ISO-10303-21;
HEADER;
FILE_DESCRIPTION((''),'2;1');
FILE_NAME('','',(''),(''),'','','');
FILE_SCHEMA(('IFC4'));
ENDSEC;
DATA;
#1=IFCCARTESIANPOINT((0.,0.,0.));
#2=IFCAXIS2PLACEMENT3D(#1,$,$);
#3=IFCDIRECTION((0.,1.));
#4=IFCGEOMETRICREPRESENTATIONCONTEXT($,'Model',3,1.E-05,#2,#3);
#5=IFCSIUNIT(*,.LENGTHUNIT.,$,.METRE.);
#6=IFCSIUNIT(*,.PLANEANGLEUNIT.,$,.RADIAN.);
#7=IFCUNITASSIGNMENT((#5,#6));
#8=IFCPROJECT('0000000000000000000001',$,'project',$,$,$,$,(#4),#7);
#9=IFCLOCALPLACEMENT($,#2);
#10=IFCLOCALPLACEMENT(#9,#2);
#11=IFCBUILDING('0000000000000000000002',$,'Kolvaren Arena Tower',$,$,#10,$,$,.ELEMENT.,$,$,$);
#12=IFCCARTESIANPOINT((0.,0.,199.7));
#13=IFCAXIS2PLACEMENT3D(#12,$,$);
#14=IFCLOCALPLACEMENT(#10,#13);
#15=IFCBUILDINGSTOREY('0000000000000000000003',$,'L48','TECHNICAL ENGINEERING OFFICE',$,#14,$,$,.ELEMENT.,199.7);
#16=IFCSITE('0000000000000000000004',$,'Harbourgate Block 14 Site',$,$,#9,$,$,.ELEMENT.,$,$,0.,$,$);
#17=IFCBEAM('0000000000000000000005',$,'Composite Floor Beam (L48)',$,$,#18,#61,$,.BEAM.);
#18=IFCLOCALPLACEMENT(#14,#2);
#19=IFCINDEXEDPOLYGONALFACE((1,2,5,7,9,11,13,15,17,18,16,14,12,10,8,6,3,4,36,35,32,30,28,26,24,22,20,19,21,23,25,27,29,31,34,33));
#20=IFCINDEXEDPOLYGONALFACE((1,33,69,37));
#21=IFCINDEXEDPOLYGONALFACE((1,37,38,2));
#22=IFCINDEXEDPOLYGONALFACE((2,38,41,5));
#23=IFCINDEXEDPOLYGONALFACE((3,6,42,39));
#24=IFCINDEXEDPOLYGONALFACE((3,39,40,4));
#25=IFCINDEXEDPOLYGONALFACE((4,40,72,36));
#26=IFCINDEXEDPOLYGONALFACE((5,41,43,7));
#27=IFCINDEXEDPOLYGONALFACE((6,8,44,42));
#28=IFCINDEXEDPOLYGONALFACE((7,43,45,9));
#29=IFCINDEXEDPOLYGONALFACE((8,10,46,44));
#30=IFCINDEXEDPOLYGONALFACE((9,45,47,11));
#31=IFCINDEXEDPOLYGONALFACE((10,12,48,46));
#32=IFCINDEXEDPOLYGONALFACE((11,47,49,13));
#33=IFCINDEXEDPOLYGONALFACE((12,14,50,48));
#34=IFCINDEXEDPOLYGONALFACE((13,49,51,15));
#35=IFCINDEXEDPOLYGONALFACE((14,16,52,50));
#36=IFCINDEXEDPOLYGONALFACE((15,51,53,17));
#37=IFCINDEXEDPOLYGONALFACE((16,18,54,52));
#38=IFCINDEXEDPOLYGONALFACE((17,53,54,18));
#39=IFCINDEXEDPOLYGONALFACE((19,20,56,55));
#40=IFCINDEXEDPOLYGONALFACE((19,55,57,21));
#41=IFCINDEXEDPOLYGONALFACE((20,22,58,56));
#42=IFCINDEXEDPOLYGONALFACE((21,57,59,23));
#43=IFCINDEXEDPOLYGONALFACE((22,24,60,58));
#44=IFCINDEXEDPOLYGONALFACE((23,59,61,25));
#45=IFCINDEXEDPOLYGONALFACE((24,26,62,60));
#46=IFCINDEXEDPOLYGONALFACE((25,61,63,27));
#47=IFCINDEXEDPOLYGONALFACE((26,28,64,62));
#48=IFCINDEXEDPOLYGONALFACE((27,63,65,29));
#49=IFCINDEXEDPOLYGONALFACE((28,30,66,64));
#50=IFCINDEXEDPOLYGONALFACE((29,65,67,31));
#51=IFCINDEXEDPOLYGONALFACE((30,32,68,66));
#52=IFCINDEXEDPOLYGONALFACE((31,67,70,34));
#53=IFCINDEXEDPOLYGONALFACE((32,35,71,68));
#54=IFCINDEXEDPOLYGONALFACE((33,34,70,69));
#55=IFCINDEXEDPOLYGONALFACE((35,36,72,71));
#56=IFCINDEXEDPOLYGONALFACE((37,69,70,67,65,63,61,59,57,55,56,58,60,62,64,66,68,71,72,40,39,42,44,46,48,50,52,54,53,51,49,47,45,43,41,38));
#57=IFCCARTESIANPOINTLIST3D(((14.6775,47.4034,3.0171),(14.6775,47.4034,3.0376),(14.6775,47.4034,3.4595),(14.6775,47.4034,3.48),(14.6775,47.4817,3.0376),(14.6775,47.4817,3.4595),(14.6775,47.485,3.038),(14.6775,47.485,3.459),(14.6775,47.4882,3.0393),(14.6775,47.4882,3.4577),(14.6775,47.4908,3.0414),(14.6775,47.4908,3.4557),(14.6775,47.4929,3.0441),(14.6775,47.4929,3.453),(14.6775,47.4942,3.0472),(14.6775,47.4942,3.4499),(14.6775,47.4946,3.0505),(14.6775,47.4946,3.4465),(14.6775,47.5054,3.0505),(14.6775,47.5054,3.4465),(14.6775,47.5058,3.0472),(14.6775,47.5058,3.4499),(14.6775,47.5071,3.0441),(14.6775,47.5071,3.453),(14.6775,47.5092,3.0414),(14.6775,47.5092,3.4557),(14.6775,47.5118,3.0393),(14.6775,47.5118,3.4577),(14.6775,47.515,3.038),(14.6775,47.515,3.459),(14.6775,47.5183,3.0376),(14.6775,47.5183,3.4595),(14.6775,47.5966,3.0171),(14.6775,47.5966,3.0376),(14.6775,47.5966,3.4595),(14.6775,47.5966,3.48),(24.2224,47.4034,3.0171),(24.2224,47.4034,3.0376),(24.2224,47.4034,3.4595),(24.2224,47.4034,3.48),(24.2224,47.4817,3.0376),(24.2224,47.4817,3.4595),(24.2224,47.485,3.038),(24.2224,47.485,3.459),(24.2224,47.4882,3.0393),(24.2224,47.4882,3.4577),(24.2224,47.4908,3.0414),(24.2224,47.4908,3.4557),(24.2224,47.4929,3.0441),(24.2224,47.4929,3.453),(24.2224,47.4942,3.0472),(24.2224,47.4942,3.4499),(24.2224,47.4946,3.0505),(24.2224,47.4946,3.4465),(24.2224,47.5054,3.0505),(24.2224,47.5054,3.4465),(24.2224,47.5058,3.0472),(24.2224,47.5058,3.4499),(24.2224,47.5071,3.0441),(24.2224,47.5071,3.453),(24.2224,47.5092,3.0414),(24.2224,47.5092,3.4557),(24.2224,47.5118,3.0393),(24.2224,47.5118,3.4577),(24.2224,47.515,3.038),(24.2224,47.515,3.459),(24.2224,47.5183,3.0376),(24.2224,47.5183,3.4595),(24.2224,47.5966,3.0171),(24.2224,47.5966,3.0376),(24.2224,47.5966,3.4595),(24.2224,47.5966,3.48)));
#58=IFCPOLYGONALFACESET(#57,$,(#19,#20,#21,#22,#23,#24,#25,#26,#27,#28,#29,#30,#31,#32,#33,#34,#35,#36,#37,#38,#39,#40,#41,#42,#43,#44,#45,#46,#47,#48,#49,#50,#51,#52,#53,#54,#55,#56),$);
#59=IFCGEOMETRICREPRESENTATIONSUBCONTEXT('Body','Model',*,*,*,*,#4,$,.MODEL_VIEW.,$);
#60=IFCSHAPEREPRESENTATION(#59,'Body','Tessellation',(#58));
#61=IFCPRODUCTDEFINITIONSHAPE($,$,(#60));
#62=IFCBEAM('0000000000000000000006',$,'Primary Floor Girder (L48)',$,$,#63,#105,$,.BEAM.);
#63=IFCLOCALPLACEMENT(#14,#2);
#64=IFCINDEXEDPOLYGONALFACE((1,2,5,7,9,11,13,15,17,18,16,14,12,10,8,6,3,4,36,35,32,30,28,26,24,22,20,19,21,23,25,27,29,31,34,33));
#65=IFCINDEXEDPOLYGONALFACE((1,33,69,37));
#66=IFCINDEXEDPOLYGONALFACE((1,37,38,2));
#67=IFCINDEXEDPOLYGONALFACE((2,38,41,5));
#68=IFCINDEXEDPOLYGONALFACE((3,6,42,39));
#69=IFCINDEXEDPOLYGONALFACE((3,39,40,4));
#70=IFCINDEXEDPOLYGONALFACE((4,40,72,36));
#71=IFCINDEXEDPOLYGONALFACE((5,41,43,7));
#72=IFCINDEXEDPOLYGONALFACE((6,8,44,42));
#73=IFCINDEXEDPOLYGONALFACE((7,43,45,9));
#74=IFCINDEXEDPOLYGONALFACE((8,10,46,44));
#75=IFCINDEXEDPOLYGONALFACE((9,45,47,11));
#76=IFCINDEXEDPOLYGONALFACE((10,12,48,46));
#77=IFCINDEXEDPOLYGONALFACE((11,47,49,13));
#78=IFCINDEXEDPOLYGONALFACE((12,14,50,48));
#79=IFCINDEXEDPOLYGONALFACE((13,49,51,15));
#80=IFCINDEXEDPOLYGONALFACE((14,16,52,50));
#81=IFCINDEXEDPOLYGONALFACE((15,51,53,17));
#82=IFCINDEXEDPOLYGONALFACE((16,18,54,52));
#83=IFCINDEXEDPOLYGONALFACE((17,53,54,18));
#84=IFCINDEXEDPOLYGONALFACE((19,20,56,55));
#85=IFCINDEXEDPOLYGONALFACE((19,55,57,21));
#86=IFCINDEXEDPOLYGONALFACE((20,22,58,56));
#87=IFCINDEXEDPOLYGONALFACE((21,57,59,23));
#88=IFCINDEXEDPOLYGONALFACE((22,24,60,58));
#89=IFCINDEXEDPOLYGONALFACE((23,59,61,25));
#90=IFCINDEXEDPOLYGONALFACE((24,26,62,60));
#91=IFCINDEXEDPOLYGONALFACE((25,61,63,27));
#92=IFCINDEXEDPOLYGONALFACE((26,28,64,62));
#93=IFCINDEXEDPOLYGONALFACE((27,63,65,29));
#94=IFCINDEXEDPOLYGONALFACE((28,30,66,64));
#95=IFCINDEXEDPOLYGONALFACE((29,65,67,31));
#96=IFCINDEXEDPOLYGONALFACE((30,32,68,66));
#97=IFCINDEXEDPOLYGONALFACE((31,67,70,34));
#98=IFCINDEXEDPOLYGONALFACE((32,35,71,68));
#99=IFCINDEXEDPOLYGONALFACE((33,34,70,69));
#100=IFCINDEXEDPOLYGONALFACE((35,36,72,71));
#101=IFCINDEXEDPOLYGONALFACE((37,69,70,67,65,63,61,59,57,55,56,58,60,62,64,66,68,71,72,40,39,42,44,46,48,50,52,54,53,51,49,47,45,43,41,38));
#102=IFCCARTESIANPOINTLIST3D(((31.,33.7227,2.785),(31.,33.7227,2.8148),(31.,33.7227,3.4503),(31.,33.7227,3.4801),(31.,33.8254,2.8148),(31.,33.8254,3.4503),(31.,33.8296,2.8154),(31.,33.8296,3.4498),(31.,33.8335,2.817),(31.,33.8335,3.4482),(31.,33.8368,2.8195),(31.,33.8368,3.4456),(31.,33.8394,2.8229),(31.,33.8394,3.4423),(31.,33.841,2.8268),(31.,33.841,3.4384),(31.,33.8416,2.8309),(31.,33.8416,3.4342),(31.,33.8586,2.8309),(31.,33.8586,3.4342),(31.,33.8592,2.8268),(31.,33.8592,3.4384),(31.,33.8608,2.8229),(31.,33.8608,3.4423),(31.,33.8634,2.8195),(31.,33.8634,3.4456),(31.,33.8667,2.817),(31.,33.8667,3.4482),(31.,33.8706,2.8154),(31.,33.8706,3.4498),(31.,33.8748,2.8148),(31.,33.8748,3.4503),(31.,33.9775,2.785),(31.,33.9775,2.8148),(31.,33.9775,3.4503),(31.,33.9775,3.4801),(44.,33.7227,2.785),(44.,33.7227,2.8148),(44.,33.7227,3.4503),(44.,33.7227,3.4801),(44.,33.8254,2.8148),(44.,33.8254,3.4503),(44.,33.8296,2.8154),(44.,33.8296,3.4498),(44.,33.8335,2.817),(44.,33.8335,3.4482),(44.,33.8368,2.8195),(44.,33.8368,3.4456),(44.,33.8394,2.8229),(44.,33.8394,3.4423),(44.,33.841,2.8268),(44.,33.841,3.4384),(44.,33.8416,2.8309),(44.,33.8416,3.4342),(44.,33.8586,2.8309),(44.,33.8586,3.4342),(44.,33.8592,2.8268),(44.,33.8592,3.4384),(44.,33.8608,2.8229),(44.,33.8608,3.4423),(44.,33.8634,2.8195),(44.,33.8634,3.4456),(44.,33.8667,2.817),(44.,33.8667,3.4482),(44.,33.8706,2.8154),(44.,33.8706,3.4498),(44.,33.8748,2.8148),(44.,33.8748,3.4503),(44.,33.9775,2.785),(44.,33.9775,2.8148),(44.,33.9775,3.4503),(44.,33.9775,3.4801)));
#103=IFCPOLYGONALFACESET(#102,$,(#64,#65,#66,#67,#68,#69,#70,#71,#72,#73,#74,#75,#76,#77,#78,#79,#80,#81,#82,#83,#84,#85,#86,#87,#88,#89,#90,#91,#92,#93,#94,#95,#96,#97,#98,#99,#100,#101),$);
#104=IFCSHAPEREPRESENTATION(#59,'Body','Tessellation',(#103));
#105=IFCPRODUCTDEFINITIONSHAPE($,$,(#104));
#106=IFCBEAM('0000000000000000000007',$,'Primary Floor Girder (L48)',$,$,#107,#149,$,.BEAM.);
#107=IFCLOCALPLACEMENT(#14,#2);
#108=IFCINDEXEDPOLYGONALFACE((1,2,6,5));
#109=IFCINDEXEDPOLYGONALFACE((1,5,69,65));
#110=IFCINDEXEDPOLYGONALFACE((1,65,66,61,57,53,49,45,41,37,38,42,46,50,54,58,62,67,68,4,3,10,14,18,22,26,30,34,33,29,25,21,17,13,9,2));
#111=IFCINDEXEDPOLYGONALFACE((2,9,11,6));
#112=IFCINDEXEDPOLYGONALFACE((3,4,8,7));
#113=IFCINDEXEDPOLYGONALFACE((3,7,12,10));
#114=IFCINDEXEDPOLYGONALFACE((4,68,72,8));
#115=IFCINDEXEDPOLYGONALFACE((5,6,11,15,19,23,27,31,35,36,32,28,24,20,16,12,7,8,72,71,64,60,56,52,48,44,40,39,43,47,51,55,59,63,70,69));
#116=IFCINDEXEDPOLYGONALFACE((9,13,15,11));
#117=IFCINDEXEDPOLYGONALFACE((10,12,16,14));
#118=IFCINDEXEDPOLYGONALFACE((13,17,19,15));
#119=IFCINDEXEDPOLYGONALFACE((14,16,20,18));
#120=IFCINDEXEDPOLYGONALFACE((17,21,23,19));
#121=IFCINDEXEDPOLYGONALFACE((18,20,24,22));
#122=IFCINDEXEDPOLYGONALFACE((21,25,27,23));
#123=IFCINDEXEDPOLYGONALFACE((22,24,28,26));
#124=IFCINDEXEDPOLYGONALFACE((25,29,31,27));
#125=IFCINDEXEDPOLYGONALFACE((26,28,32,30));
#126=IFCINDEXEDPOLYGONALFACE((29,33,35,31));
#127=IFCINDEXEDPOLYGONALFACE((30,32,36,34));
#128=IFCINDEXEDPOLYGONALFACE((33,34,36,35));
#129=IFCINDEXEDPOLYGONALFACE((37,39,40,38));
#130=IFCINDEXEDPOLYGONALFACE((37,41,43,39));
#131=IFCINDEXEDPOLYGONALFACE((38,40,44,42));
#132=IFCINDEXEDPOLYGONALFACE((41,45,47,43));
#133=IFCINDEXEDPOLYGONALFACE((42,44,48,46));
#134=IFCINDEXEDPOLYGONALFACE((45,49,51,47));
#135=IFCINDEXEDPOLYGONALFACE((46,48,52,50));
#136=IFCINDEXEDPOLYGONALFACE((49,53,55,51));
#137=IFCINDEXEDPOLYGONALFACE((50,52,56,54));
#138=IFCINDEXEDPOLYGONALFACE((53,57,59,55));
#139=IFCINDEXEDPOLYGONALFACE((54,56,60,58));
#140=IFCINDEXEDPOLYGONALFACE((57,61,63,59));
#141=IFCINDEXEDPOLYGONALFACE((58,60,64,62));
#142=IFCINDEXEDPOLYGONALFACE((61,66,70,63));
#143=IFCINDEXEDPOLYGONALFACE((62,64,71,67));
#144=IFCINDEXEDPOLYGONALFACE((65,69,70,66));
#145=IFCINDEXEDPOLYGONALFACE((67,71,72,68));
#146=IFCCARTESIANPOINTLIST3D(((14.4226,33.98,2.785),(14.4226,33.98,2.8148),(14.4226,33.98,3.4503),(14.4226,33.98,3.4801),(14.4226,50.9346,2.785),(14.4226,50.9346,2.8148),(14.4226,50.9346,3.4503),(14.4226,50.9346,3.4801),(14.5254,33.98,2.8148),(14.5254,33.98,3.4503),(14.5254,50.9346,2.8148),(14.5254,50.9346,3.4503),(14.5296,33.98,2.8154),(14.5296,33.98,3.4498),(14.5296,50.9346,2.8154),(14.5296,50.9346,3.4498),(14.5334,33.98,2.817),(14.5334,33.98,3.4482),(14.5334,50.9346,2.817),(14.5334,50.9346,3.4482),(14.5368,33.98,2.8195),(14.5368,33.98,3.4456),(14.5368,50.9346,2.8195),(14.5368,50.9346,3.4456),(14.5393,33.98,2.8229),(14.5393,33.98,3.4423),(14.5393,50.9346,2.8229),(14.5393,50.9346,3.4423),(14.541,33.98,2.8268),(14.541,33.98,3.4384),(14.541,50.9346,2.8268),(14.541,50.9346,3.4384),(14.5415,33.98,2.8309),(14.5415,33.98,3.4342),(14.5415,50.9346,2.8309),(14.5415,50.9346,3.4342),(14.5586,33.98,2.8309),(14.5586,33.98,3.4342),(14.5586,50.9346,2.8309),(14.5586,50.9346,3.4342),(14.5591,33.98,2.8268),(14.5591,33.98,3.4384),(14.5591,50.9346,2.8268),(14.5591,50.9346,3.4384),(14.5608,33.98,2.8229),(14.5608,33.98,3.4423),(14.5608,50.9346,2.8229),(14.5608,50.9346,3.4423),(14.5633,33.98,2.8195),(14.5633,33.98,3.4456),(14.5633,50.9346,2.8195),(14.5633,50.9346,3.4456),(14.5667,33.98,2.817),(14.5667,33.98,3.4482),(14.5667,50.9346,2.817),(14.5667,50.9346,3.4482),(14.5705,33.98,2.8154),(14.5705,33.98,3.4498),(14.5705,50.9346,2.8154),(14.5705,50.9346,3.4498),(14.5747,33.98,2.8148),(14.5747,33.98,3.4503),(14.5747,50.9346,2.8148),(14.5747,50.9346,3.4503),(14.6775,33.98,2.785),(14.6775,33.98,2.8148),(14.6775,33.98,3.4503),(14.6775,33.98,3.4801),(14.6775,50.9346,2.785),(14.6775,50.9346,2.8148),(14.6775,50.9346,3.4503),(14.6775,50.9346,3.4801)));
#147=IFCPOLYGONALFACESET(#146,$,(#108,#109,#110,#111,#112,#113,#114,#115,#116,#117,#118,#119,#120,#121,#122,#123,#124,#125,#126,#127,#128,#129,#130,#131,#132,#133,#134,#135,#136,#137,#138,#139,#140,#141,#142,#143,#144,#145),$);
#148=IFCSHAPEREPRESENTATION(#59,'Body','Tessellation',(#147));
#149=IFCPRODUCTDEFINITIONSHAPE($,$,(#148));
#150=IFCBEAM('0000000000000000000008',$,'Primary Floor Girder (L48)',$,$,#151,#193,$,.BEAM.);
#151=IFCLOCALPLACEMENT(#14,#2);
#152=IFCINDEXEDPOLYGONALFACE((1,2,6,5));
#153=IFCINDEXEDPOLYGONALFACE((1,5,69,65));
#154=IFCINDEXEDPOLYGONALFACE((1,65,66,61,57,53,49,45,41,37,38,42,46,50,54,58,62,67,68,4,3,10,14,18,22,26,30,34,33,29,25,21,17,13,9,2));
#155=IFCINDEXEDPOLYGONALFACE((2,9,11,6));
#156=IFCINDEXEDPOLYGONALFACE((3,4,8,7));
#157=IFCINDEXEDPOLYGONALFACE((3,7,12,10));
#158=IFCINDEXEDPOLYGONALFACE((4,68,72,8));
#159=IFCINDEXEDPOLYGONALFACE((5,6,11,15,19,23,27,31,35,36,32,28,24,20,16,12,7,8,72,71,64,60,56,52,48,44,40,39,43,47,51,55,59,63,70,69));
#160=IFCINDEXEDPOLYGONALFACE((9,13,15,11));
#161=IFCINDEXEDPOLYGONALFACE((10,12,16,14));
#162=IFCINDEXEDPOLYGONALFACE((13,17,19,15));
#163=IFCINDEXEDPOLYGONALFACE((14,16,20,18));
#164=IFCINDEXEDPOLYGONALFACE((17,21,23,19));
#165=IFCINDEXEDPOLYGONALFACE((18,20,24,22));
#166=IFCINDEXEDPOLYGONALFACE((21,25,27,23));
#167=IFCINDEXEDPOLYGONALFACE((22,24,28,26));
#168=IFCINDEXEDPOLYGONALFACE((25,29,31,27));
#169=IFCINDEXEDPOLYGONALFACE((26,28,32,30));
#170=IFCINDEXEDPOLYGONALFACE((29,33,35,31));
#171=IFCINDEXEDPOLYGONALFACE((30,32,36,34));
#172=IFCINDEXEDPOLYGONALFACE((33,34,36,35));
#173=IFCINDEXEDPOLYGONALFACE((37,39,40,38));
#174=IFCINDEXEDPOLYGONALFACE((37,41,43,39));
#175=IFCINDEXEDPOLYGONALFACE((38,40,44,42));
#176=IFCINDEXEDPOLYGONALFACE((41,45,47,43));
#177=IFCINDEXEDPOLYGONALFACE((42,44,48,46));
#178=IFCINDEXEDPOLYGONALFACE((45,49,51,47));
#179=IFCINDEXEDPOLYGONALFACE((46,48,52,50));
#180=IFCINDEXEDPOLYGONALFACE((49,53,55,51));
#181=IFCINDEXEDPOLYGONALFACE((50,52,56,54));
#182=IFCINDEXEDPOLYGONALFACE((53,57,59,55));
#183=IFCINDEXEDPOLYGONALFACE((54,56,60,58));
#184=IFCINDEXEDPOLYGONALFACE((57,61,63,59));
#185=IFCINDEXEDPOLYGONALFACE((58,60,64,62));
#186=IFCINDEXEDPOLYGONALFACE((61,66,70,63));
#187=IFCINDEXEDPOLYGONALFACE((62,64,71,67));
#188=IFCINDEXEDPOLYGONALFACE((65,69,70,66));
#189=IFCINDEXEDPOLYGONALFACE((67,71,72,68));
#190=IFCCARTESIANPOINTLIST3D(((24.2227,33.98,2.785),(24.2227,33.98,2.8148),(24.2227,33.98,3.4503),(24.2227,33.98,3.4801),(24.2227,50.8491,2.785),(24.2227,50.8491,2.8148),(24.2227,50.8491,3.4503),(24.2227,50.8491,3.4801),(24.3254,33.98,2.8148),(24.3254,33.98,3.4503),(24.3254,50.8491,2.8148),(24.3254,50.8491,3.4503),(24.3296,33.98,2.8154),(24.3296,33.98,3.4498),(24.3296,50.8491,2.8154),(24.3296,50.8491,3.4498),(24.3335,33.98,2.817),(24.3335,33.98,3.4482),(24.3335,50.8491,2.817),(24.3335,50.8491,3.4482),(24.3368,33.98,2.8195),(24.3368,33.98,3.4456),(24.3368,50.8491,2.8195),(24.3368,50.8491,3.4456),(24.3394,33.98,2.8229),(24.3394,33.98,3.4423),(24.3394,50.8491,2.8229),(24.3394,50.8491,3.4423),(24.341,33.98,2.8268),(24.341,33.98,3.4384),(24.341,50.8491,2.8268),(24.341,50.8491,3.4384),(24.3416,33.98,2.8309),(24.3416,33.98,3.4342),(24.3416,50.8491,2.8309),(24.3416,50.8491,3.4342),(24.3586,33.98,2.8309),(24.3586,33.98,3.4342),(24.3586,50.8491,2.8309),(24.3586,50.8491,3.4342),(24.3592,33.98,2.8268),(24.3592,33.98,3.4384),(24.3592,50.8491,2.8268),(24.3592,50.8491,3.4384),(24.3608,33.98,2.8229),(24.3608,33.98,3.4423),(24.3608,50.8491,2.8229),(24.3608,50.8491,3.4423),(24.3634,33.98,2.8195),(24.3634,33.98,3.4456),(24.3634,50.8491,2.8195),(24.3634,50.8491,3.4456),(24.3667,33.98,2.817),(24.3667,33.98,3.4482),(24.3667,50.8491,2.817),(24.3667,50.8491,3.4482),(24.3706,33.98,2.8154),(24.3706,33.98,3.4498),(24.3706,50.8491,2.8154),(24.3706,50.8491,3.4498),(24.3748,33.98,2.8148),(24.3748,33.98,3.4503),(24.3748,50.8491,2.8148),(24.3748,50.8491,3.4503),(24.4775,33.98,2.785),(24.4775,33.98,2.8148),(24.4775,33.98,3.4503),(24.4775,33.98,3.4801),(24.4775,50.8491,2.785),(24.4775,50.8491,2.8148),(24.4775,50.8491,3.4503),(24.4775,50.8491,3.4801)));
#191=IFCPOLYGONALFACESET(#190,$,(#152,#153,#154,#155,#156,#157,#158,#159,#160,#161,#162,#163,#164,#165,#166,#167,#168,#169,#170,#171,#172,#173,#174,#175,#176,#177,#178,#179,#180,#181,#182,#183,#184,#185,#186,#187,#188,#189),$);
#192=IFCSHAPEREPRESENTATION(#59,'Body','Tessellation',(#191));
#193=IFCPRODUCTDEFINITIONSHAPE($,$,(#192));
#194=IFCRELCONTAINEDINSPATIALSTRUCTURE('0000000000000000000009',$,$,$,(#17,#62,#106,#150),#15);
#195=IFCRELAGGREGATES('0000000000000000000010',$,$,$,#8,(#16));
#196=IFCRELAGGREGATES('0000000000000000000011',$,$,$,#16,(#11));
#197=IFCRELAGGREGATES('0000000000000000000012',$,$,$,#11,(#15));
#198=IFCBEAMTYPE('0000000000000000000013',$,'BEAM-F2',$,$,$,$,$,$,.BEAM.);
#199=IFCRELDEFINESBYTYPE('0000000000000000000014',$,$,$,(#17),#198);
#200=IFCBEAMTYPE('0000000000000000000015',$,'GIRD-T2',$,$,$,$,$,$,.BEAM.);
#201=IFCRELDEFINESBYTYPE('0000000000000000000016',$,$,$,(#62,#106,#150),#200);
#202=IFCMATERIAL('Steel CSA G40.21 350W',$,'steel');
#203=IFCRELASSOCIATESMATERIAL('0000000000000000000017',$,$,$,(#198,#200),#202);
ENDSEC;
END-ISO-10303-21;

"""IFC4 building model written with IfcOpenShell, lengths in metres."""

from ifc_helpers import new_model, si_unit, direction, frame, origin, origin_2d, place, context, subcontext, project, spatial, i_section, extrude, material, material_profile, profile_set, type_object, element, save


model = new_model("IFC4")

# Units and contexts
model_context = context("Model", 3, precision=1e-05, world=origin(), true_north=direction((0.0, 1.0)))
body_context = subcontext(model_context, "Body", "Model", "MODEL_VIEW")
ifc_project = project(units=[si_unit("LENGTHUNIT", "METRE"), si_unit("PLANEANGLEUNIT", "RADIAN")], contexts=[model_context])

# Site, building, storey
site_placement = place(None, origin())
site = spatial("IfcSite", under=ifc_project, at=site_placement, Name="Harbourgate Block 14 Site", CompositionType="ELEMENT", RefElevation=0.0)
building_placement = place(site_placement, origin())
building = spatial("IfcBuilding", under=site, at=building_placement, Name="Kolvaren Arena Tower", CompositionType="ELEMENT")
storey_placement = place(building_placement, frame((0.0, 0.0, 199.7)))
storey = spatial("IfcBuildingStorey", under=building, at=storey_placement, Name="L48", Description="TECHNICAL ENGINEERING OFFICE", CompositionType="ELEMENT", Elevation=199.7)

# Beams
ifc_material_1 = material(Name="Steel CSA G40.21 350W", Category="steel")
ifc_material_profile_1 = material_profile(ifc_material_1, i_section(OverallWidth=0.1931, OverallDepth=0.4629, WebThickness=0.0107, FlangeThickness=0.0205, FilletRadius=0.0129, at=origin_2d()), Name="W460x113")
ifc_profile_set_1 = profile_set([ifc_material_profile_1], Name="Steel CSA G40.21 350W")
beam_type_1 = type_object("IfcBeamType", Name="BEAM-F2", PredefinedType="BEAM", material=ifc_profile_set_1)
beam_1_placement = place(storey_placement, frame((14.6775, 47.5, 3.2485), z_axis=(1.0, 0.0, 0.0), x_axis=(0.0, 1.0, 0.0)))
element("IfcBeam", 1, at=beam_1_placement, inside=storey, type_object=beam_type_1, Name="Composite Floor Beam (L48)", PredefinedType="BEAM", context=body_context, shape_type="SweptSolid", body=[
    extrude(i_section(OverallWidth=0.1931, OverallDepth=0.4629, WebThickness=0.0107, FlangeThickness=0.0205, FilletRadius=0.0129, at=origin_2d()), origin(), (0.0, 0.0, 1.0), 9.5449),
])
ifc_material_profile_2 = material_profile(ifc_material_1, i_section(OverallWidth=0.2549, OverallDepth=0.6951, WebThickness=0.0171, FlangeThickness=0.0298, FilletRadius=0.0161, at=origin_2d()), Name="W690x217")
ifc_profile_set_2 = profile_set([ifc_material_profile_2], Name="Steel CSA G40.21 350W")
beam_type_2 = type_object("IfcBeamType", Name="GIRD-T2", PredefinedType="BEAM", material=ifc_profile_set_2)
beam_2_placement = place(storey_placement, frame((31.0, 33.8501, 3.1326), z_axis=(1.0, 0.0, 0.0), x_axis=(0.0, 1.0, 0.0)))
element("IfcBeam", 2, at=beam_2_placement, inside=storey, type_object=beam_type_2, Name="Primary Floor Girder (L48)", PredefinedType="BEAM", context=body_context, shape_type="SweptSolid", body=[
    extrude(i_section(OverallWidth=0.2549, OverallDepth=0.6951, WebThickness=0.0171, FlangeThickness=0.0298, FilletRadius=0.0161, at=origin_2d()), origin(), (0.0, 0.0, 1.0), 13.0),
])
beam_3_placement = place(storey_placement, frame((14.55, 33.98, 3.1326), z_axis=(0.0, 1.0, 0.0), x_axis=(-1.0, 0.0, 0.0)))
element("IfcBeam", 3, at=beam_3_placement, inside=storey, type_object=beam_type_2, Name="Primary Floor Girder (L48)", PredefinedType="BEAM", context=body_context, shape_type="SweptSolid", body=[
    extrude(i_section(OverallWidth=0.2549, OverallDepth=0.6951, WebThickness=0.0171, FlangeThickness=0.0298, FilletRadius=0.0161, at=origin_2d()), origin(), (0.0, 0.0, 1.0), 16.9546),
])
beam_4_placement = place(storey_placement, frame((24.3501, 33.98, 3.1326), z_axis=(0.0, 1.0, 0.0), x_axis=(-1.0, 0.0, 0.0)))
element("IfcBeam", 4, at=beam_4_placement, inside=storey, type_object=beam_type_2, Name="Primary Floor Girder (L48)", PredefinedType="BEAM", context=body_context, shape_type="SweptSolid", body=[
    extrude(i_section(OverallWidth=0.2549, OverallDepth=0.6951, WebThickness=0.0171, FlangeThickness=0.0298, FilletRadius=0.0161, at=origin_2d()), origin(), (0.0, 0.0, 1.0), 16.8691),
])

save(model, "model.ifc")
